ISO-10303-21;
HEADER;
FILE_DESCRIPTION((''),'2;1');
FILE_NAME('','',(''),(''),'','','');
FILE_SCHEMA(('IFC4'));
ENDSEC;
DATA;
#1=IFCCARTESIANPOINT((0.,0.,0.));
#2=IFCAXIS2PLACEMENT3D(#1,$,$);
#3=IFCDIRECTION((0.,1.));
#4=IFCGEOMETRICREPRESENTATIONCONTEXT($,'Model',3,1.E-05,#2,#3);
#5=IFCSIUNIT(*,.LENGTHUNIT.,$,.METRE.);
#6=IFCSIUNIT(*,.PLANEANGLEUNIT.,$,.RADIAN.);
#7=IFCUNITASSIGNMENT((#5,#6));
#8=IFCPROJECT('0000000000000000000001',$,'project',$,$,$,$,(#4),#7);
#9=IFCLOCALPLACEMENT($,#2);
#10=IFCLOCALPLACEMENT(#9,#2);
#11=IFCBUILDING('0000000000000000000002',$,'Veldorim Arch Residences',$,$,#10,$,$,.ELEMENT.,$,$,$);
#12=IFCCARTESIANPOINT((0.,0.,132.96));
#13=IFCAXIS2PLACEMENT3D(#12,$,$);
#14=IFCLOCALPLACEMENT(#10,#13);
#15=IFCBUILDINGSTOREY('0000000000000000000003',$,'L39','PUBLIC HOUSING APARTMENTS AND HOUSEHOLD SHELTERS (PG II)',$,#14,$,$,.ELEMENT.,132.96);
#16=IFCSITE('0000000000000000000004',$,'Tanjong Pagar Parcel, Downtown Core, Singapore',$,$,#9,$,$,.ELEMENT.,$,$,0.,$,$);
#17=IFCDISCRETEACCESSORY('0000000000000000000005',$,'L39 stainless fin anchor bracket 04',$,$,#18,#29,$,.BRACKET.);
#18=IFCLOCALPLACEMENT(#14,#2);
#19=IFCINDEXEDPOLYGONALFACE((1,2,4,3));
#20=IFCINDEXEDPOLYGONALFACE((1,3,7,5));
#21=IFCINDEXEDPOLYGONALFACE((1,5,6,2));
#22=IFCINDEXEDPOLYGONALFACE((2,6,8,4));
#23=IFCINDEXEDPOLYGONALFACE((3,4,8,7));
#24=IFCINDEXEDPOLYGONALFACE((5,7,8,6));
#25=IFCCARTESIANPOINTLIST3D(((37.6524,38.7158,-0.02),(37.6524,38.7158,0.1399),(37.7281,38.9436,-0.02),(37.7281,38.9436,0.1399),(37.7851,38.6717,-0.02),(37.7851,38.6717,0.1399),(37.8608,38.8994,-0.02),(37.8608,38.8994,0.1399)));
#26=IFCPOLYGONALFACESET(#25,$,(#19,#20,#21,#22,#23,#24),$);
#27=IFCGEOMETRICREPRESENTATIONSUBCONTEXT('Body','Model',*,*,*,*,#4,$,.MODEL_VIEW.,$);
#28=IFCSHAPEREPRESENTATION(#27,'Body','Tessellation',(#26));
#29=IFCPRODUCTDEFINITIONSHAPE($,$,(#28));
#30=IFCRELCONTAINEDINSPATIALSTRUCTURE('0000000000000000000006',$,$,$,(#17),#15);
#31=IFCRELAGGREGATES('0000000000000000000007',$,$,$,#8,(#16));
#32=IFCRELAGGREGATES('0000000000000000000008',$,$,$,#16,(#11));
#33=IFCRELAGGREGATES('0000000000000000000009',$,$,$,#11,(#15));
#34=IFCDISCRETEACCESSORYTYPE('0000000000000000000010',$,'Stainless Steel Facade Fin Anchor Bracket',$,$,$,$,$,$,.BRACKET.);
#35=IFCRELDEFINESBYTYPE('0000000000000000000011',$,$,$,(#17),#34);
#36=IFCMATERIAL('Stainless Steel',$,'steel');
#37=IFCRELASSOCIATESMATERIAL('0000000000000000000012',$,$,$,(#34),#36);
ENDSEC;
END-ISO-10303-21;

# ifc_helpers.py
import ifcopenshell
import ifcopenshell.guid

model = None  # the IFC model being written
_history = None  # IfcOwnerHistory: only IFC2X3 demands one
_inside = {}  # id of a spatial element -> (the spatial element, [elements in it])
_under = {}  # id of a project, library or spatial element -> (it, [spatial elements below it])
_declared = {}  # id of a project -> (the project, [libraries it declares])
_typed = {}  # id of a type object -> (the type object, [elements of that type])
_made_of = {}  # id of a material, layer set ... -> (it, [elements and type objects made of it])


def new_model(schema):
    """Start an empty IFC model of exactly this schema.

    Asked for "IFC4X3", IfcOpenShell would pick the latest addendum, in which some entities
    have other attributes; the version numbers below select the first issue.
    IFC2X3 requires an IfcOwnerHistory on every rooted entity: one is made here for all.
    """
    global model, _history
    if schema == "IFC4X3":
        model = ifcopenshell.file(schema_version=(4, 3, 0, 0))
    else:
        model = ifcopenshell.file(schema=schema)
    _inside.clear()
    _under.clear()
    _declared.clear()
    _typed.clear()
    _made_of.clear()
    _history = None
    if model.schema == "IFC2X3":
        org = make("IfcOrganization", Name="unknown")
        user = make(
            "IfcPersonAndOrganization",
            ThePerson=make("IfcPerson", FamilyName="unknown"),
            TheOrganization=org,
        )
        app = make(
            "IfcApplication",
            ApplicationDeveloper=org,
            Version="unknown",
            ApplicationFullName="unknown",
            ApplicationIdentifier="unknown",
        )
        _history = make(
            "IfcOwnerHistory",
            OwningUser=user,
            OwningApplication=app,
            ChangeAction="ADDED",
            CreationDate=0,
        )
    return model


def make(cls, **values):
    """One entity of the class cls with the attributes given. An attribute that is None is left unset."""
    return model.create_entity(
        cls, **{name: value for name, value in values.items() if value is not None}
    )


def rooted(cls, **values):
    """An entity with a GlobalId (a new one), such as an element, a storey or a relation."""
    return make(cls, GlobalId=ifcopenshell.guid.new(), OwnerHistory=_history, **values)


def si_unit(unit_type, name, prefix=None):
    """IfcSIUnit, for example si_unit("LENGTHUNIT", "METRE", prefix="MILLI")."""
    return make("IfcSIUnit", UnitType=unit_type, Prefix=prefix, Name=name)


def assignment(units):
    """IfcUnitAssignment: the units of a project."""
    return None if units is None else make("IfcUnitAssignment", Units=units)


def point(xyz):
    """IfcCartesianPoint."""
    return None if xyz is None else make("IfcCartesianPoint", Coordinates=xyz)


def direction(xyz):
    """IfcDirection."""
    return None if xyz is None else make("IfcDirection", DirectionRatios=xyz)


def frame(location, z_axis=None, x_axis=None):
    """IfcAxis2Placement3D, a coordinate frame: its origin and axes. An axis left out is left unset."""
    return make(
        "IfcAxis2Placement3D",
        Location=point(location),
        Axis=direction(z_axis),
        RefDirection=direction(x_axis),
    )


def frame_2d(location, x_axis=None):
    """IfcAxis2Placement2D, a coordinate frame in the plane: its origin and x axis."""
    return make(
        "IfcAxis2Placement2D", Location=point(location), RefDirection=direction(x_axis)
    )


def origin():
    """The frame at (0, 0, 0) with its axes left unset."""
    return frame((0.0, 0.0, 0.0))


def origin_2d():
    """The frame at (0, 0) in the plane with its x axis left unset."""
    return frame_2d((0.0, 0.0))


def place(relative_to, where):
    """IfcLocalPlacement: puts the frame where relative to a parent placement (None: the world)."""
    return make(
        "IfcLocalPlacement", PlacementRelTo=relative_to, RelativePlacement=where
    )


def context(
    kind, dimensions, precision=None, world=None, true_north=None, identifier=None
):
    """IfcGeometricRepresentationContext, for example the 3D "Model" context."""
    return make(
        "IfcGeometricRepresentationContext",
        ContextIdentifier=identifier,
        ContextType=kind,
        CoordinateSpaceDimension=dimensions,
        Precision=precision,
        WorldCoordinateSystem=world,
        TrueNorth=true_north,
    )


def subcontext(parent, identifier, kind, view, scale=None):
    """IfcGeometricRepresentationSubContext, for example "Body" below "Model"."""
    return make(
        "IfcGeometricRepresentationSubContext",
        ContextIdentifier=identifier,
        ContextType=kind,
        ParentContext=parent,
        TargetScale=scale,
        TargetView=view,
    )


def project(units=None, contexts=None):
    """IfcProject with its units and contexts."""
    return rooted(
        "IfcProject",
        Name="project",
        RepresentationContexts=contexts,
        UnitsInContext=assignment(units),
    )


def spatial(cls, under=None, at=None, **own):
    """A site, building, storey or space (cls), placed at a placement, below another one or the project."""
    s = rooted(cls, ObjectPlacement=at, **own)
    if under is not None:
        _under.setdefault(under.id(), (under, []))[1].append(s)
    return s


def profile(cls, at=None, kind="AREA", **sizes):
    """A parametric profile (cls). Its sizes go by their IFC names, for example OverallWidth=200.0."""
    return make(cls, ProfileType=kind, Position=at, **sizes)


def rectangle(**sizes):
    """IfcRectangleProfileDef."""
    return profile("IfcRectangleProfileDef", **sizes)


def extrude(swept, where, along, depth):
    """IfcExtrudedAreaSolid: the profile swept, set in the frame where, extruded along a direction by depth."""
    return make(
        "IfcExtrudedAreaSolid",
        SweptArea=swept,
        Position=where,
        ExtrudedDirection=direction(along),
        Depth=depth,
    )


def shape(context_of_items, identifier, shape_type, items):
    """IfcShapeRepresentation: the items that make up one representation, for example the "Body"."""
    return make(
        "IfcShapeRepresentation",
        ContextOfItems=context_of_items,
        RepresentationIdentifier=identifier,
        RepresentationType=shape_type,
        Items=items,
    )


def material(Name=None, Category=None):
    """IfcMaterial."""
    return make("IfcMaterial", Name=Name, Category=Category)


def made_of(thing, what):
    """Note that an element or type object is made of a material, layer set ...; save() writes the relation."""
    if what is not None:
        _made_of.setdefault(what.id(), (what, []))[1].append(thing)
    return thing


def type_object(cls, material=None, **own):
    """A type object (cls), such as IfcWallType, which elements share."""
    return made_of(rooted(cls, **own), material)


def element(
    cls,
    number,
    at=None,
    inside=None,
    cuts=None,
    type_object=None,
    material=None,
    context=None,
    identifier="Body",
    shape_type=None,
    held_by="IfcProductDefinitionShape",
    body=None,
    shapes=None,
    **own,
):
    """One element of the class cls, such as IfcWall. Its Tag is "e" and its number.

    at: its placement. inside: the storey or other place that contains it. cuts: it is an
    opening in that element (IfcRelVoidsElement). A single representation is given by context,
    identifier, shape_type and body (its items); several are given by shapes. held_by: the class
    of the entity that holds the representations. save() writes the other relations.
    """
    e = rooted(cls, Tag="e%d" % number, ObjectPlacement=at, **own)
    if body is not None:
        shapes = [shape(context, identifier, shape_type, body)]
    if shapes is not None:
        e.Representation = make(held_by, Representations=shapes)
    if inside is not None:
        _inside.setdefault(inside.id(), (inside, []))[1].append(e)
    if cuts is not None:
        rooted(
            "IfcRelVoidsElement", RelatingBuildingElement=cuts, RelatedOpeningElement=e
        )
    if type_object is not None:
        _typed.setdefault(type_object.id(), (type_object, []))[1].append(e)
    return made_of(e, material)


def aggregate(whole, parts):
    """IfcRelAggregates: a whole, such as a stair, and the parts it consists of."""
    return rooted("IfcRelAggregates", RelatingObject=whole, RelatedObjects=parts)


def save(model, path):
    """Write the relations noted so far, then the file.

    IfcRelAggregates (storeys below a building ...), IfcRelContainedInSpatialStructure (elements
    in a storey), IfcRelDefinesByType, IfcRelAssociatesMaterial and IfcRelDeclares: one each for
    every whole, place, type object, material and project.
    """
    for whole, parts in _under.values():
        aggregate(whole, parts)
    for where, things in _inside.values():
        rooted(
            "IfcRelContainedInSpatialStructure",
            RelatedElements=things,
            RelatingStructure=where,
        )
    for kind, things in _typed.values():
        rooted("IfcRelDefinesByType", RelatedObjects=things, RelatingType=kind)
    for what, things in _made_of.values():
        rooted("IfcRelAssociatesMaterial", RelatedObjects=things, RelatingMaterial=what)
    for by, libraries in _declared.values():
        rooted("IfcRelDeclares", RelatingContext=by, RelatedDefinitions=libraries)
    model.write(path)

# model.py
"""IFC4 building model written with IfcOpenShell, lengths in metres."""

from ifc_helpers import new_model, si_unit, direction, frame, origin, origin_2d, place, context, subcontext, project, spatial, rectangle, extrude, material, type_object, element, save


model = new_model("IFC4")

# Units and contexts
model_context = context("Model", 3, precision=1e-05, world=origin(), true_north=direction((0.0, 1.0)))
body_context = subcontext(model_context, "Body", "Model", "MODEL_VIEW")
ifc_project = project(units=[si_unit("LENGTHUNIT", "METRE"), si_unit("PLANEANGLEUNIT", "RADIAN")], contexts=[model_context])

# Site, building, storey
site_placement = place(None, origin())
site = spatial("IfcSite", under=ifc_project, at=site_placement, Name="Tanjong Pagar Parcel, Downtown Core, Singapore", CompositionType="ELEMENT", RefElevation=0.0)
building_placement = place(site_placement, origin())
building = spatial("IfcBuilding", under=site, at=building_placement, Name="Veldorim Arch Residences", CompositionType="ELEMENT")
storey_placement = place(building_placement, frame((0.0, 0.0, 132.96)))
storey = spatial("IfcBuildingStorey", under=building, at=storey_placement, Name="L39", Description="PUBLIC HOUSING APARTMENTS AND HOUSEHOLD SHELTERS (PG II)", CompositionType="ELEMENT", Elevation=132.96)

# Discrete accessory
ifc_material_1 = material(Name="Stainless Steel", Category="steel")
discrete_accessory_type = type_object("IfcDiscreteAccessoryType", Name="Stainless Steel Facade Fin Anchor Bracket", PredefinedType="BRACKET", material=ifc_material_1)
discrete_accessory_placement = place(storey_placement, frame((37.7566, 38.8076, -0.02), z_axis=(0.0, 0.0, 1.0), x_axis=(0.948931, -0.315483, 0.0)))
element("IfcDiscreteAccessory", 1, at=discrete_accessory_placement, inside=storey, type_object=discrete_accessory_type, Name="L39 stainless fin anchor bracket 04", PredefinedType="BRACKET", context=body_context, shape_type="SweptSolid", body=[
    extrude(rectangle(XDim=0.1399, YDim=0.24, at=origin_2d()), origin(), (0.0, 0.0, 1.0), 0.1599),
])

save(model, "model.ifc")
